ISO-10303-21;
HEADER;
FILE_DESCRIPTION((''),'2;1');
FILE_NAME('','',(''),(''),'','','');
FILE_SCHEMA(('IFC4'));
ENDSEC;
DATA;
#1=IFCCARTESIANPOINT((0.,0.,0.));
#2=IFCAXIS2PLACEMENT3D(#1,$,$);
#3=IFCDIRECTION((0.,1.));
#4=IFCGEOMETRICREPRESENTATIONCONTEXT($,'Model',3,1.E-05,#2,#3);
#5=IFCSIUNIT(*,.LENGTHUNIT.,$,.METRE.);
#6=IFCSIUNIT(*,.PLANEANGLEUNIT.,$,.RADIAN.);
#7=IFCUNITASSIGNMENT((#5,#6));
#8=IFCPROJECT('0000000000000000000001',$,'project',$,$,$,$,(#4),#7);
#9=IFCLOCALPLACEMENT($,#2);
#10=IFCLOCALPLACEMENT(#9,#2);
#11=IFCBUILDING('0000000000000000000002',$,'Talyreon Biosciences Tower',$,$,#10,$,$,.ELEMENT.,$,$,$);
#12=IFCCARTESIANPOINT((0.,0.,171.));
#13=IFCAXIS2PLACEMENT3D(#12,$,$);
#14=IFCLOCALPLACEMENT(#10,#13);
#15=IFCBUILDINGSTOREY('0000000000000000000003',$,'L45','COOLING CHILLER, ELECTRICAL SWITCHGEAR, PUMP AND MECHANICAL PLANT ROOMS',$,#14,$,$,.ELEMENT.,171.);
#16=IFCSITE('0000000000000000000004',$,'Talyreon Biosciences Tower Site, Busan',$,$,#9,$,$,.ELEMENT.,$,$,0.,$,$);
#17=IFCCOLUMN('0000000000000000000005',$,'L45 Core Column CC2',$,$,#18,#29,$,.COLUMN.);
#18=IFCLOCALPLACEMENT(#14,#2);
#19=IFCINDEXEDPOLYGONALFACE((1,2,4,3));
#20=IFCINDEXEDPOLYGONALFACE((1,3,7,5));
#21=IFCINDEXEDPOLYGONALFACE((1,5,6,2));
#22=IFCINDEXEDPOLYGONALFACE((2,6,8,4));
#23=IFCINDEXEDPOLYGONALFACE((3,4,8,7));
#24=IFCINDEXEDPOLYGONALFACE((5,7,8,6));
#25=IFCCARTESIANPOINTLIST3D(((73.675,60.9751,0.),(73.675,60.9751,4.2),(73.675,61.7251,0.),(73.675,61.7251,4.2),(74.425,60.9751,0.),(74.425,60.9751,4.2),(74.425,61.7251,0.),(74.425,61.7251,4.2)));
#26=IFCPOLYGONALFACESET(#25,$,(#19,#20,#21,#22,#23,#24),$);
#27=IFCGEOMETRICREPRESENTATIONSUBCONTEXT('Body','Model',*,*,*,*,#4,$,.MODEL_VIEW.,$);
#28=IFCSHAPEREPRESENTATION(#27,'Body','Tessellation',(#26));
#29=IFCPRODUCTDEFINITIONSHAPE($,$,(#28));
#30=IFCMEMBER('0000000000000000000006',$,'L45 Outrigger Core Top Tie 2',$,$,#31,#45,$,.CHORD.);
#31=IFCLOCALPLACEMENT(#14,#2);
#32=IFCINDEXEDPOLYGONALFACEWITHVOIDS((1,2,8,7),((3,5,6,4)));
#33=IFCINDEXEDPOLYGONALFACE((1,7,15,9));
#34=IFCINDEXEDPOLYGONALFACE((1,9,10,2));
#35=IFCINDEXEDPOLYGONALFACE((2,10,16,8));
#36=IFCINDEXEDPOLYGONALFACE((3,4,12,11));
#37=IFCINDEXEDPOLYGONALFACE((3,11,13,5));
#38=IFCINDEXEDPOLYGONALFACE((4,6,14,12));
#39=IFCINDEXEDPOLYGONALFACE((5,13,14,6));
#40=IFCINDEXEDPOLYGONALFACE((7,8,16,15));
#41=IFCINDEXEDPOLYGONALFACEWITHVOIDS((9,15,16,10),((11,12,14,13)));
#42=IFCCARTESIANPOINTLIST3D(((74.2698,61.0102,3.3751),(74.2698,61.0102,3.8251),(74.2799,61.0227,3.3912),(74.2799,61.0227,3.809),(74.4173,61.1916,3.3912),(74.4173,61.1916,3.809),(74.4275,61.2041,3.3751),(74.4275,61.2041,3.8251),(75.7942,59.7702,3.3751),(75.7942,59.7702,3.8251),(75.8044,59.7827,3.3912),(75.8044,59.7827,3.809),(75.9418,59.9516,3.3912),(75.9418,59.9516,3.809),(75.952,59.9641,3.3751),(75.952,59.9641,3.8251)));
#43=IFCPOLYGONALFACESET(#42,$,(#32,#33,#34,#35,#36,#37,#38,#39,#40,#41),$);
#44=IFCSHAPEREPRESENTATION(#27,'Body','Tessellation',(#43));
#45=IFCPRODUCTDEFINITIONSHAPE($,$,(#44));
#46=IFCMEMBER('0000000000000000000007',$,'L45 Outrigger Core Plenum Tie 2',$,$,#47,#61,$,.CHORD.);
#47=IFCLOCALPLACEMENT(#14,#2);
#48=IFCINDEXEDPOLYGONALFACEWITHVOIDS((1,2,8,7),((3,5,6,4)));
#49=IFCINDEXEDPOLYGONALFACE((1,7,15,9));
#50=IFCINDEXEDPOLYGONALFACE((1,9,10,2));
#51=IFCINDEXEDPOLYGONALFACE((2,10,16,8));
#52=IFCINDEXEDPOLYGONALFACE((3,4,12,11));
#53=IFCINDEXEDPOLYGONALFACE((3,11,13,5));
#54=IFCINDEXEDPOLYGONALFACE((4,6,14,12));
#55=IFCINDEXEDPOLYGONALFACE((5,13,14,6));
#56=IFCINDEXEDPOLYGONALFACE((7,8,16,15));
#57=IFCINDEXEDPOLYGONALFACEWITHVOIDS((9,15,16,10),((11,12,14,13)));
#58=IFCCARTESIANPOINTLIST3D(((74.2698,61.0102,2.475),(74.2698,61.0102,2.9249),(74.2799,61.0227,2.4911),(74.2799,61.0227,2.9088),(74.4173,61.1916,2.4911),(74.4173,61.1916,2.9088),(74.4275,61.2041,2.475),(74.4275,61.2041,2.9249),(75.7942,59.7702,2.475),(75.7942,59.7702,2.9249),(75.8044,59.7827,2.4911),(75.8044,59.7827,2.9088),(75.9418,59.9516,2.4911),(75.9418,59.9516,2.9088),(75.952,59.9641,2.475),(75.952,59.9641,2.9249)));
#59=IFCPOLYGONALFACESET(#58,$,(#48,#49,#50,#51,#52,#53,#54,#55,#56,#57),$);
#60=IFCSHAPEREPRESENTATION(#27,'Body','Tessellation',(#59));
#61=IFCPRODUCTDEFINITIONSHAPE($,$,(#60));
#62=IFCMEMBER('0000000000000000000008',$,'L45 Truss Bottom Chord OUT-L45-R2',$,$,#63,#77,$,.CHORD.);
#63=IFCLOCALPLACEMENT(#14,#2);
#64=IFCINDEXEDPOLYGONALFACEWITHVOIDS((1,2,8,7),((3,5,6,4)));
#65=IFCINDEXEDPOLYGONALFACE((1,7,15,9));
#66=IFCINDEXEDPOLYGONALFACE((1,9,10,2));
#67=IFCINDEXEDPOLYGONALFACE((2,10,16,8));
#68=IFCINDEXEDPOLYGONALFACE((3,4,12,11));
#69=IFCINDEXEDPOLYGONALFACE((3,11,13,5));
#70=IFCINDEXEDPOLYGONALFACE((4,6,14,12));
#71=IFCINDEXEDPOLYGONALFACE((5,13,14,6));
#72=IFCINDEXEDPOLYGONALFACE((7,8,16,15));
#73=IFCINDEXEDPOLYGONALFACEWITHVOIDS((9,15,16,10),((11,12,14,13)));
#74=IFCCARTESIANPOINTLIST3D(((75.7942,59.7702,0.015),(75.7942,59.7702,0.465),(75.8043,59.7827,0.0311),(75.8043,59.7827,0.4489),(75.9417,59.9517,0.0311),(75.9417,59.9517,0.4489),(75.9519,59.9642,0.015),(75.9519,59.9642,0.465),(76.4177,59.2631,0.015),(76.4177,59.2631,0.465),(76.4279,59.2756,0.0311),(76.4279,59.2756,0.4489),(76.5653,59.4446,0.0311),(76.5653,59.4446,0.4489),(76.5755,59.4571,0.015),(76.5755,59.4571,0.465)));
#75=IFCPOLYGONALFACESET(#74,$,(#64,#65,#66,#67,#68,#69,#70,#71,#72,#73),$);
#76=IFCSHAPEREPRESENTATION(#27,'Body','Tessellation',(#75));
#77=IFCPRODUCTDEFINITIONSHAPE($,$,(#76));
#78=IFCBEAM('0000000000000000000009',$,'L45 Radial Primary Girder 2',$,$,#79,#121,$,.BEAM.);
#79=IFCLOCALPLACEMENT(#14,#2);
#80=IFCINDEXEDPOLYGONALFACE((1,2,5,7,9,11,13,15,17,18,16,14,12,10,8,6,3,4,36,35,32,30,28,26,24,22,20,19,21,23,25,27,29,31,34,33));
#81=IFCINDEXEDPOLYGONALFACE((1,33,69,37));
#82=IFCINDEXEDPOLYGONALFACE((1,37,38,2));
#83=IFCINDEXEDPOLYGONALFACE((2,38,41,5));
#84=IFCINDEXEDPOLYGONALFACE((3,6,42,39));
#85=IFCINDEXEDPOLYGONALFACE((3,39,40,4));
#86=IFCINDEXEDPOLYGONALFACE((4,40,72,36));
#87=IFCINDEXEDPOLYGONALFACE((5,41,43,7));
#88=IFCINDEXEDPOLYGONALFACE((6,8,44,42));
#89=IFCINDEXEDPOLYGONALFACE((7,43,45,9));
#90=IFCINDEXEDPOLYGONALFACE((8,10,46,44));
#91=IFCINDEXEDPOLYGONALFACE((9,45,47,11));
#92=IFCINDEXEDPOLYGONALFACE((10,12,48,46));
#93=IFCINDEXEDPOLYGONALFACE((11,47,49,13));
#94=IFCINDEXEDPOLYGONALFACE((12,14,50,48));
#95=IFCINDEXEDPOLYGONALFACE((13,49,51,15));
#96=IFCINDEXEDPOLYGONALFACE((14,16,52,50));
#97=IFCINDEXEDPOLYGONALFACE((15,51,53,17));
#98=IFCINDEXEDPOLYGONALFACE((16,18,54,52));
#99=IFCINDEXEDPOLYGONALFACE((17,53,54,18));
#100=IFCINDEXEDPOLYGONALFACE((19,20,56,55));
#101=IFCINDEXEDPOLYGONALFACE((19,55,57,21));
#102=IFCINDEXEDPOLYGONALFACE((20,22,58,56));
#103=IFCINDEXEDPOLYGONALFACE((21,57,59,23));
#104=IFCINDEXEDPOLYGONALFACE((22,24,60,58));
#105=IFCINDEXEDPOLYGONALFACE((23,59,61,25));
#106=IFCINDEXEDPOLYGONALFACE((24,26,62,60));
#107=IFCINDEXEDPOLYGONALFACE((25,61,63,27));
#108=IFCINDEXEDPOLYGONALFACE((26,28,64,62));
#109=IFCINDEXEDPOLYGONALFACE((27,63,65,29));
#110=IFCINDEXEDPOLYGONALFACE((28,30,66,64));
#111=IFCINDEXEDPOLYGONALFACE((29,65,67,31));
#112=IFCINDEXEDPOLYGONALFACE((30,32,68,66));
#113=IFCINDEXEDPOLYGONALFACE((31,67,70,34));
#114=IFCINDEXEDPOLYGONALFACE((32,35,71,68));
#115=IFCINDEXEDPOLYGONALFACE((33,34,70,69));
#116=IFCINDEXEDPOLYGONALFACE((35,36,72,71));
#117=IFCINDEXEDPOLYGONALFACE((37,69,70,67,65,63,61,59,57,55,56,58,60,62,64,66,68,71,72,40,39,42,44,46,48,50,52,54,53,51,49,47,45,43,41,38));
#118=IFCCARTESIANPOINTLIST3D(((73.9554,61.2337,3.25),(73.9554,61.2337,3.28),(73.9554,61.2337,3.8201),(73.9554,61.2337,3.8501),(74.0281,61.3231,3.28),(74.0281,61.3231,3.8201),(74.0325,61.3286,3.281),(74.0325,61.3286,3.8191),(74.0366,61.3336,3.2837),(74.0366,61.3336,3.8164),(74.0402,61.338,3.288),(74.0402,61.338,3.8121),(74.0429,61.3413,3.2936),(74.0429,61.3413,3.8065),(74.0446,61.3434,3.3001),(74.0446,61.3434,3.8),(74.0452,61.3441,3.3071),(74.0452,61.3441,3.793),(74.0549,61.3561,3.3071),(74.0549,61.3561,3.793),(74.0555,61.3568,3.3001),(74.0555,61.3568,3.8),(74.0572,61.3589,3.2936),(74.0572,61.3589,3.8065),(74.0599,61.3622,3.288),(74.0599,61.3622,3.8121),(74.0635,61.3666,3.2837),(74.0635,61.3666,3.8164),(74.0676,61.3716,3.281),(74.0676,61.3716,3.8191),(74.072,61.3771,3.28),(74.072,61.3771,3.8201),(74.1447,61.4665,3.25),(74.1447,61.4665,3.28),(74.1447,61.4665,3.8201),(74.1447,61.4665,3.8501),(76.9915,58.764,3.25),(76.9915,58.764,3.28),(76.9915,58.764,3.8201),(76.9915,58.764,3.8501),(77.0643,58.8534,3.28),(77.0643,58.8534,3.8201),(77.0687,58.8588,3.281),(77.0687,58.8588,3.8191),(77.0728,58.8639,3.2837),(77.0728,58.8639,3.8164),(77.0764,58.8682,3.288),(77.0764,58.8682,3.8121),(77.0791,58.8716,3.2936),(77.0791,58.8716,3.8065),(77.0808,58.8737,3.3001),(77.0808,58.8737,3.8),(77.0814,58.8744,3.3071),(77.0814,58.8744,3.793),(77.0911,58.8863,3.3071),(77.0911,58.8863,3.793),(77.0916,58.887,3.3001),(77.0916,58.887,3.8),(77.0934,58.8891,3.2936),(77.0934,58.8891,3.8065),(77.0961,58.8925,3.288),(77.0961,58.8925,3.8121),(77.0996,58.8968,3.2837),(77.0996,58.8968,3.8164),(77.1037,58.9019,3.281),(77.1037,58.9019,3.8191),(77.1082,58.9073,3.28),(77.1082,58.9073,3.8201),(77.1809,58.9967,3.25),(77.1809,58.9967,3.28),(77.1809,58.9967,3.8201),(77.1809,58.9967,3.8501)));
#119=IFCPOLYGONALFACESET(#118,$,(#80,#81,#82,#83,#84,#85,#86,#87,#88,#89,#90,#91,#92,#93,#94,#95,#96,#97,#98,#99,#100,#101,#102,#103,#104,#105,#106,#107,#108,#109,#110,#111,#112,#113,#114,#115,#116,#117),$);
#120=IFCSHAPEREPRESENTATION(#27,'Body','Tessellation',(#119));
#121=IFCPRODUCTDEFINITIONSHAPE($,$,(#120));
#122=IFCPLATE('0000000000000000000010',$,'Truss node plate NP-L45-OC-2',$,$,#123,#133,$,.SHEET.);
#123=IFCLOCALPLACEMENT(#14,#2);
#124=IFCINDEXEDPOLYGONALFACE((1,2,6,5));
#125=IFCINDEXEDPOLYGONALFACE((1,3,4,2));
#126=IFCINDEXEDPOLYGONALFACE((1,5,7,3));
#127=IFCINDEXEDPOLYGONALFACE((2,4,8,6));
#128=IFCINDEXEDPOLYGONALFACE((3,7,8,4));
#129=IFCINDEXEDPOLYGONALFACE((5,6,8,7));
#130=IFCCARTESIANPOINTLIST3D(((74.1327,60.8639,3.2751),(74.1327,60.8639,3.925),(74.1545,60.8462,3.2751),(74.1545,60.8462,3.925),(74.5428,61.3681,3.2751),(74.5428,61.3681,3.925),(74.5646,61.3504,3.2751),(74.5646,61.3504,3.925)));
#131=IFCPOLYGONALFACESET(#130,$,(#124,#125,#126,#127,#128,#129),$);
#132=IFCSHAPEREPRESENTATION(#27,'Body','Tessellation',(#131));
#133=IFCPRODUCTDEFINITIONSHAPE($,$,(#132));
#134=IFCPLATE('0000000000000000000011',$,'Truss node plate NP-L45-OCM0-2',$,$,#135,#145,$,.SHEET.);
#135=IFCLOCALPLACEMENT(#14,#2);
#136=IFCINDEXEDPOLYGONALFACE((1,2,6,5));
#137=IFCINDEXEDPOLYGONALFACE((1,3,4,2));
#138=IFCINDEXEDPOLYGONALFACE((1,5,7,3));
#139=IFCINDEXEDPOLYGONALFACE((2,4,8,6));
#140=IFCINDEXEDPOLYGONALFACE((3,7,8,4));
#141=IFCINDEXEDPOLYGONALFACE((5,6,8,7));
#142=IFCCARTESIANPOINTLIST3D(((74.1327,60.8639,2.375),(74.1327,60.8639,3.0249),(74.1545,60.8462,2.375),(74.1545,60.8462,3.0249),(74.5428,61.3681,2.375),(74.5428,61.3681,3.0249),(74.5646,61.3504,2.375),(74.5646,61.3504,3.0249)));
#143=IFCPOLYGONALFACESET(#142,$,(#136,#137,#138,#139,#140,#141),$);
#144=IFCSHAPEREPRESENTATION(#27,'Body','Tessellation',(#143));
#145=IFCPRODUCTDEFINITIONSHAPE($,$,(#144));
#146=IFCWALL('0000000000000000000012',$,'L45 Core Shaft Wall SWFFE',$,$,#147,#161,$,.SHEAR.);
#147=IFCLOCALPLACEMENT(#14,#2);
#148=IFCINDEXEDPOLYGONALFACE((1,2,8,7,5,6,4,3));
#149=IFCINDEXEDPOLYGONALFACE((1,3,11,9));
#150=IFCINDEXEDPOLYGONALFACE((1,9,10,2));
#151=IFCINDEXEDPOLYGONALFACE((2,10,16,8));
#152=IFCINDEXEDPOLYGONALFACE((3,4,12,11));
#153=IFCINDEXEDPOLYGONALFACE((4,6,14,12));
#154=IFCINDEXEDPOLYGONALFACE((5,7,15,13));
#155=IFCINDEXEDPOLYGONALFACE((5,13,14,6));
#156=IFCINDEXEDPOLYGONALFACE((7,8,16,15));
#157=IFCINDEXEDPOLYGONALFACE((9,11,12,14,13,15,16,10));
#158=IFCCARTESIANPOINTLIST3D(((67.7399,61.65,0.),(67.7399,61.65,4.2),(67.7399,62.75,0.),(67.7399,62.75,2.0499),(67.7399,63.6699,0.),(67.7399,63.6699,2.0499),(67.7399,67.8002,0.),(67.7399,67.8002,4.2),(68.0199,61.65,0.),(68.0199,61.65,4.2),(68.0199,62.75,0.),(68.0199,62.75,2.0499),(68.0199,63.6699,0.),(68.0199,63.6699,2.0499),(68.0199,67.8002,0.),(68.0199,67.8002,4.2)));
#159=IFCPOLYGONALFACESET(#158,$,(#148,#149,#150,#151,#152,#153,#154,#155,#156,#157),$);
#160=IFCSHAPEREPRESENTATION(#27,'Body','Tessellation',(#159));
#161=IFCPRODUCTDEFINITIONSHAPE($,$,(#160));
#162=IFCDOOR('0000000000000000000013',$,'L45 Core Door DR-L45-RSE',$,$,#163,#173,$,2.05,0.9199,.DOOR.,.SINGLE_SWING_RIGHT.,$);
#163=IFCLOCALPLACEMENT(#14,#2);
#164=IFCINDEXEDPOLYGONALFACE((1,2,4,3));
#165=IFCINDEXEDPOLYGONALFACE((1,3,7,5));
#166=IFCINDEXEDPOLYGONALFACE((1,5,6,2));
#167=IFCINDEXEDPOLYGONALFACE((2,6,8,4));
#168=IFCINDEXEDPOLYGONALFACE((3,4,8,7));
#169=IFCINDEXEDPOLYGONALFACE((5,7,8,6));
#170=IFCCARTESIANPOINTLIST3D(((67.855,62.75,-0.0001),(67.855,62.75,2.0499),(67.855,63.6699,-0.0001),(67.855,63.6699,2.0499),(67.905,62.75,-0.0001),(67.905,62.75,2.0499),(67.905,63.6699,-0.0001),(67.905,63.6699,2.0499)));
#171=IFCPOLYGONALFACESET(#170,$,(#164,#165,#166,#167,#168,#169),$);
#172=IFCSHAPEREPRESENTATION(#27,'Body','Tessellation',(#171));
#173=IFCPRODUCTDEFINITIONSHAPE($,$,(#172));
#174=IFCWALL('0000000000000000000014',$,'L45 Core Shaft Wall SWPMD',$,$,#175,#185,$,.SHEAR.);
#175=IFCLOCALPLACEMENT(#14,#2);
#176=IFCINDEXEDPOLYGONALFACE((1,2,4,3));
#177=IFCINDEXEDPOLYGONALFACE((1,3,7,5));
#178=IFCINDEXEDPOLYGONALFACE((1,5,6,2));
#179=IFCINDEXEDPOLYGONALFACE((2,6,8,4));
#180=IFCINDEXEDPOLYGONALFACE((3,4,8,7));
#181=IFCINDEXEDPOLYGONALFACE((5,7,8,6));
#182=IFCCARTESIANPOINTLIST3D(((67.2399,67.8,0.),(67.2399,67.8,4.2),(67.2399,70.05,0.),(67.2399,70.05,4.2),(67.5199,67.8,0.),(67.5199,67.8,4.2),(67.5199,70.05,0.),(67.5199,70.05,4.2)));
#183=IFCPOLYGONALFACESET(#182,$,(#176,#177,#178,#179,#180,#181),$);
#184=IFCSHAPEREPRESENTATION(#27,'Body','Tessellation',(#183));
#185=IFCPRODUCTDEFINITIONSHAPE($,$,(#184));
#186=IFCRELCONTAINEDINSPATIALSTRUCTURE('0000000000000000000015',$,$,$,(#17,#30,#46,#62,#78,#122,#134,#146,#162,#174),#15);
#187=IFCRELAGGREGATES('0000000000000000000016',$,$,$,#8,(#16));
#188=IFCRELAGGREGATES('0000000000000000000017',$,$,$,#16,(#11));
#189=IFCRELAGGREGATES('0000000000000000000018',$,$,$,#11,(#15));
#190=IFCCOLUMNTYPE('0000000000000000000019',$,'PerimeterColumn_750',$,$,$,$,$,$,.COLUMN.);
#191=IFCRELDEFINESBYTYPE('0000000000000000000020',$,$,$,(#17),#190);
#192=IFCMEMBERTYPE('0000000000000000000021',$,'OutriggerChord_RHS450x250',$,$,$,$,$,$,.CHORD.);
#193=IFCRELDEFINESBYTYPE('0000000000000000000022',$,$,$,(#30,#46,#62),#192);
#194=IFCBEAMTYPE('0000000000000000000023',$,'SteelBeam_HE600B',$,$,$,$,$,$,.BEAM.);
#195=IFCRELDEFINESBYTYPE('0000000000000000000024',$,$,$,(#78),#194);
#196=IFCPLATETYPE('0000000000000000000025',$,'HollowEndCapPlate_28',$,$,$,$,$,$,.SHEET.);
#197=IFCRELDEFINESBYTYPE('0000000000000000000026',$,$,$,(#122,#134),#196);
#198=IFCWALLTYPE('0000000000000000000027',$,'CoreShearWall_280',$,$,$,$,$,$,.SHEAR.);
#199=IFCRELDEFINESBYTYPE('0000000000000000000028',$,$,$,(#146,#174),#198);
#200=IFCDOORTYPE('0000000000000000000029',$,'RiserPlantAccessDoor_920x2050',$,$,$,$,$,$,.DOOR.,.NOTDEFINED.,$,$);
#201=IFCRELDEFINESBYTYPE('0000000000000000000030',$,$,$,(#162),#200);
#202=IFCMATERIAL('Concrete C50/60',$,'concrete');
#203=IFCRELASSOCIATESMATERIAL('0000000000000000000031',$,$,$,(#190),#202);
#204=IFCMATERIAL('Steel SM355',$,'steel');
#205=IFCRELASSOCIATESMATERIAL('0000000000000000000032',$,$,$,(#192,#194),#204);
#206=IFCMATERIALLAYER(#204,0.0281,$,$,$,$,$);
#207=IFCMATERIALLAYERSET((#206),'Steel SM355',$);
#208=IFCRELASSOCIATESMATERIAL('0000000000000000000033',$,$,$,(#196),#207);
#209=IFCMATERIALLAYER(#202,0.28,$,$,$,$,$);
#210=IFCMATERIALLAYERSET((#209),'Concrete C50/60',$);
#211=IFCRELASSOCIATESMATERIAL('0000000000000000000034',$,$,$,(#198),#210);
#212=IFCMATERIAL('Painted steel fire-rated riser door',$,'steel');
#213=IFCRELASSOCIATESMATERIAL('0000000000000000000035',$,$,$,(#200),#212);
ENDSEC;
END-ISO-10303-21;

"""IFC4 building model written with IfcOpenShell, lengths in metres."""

from ifc_helpers import new_model, si_unit, direction, frame, frame_2d, origin, origin_2d, place, context, subcontext, project, spatial, rectangle, hollow_rectangle, i_section, extrude, material, layer, layer_set, material_profile, profile_set, type_object, element, fill, save


model = new_model("IFC4")

# Units and contexts
model_context = context("Model", 3, precision=1e-05, world=origin(), true_north=direction((0.0, 1.0)))
body_context = subcontext(model_context, "Body", "Model", "MODEL_VIEW")
ifc_project = project(units=[si_unit("LENGTHUNIT", "METRE"), si_unit("PLANEANGLEUNIT", "RADIAN")], contexts=[model_context])

# Site, building, storey
site_placement = place(None, origin())
site = spatial("IfcSite", under=ifc_project, at=site_placement, Name="Talyreon Biosciences Tower Site, Busan", CompositionType="ELEMENT", RefElevation=0.0)
building_placement = place(site_placement, origin())
building = spatial("IfcBuilding", under=site, at=building_placement, Name="Talyreon Biosciences Tower", CompositionType="ELEMENT")
storey_placement = place(building_placement, frame((0.0, 0.0, 171.0)))
storey = spatial("IfcBuildingStorey", under=building, at=storey_placement, Name="L45", Description="COOLING CHILLER, ELECTRICAL SWITCHGEAR, PUMP AND MECHANICAL PLANT ROOMS", CompositionType="ELEMENT", Elevation=171.0)

# Column
ifc_material_1 = material(Name="Concrete C50/60", Category="concrete")
ifc_material_profile_1 = material_profile(ifc_material_1, rectangle(XDim=0.75, YDim=0.75, at=origin_2d()), Name="RC 750x750")
ifc_profile_set_1 = profile_set([ifc_material_profile_1], Name="Concrete C50/60")
column_type = type_object("IfcColumnType", Name="PerimeterColumn_750", PredefinedType="COLUMN", material=ifc_profile_set_1)
column_placement = place(storey_placement, frame((74.05, 61.3501, 0.0), z_axis=(0.0, 0.0, 1.0), x_axis=(1.0, 0.0, 0.0)))
element("IfcColumn", 1, at=column_placement, inside=storey, type_object=column_type, Name="L45 Core Column CC2", PredefinedType="COLUMN", context=body_context, shape_type="SweptSolid", body=[
    extrude(rectangle(XDim=0.75, YDim=0.75, at=origin_2d()), origin(), (0.0, 0.0, 1.0), 4.2),
])

# Members
ifc_material_2 = material(Name="Steel SM355", Category="steel")
ifc_material_profile_2 = material_profile(ifc_material_2, hollow_rectangle(XDim=0.25, YDim=0.45, WallThickness=0.0161, at=origin_2d()), Name="RHS 450x250x16")
ifc_profile_set_2 = profile_set([ifc_material_profile_2], Name="Steel SM355")
member_type = type_object("IfcMemberType", Name="OutriggerChord_RHS450x250", PredefinedType="CHORD", material=ifc_profile_set_2)
for number, where, z_axis, x_axis, name in (
    (2, (74.3486, 61.1072, 3.6001), (0.775764, -0.631023, 0.0), (0.631023, 0.775764, 0.0), "L45 Outrigger Core Top Tie 2"),
    (3, (74.3486, 61.1072, 2.7), (0.775764, -0.631023, 0.0), (0.631023, 0.775764, 0.0), "L45 Outrigger Core Plenum Tie 2"),
):
    element("IfcMember", number, at=place(storey_placement, frame(where, z_axis=z_axis, x_axis=x_axis)), inside=storey, type_object=member_type, Name=name, PredefinedType="CHORD", context=body_context, shape_type="SweptSolid", body=[
        extrude(hollow_rectangle(XDim=0.25, YDim=0.45, WallThickness=0.0161, at=origin_2d()), origin(), (0.0, 0.0, 1.0), 1.9651),
    ])
member_placement = place(storey_placement, frame((75.873, 59.8672, 0.24), z_axis=(0.775835, -0.630936, 0.0), x_axis=(0.630936, 0.775835, 0.0)))
element("IfcMember", 4, at=member_placement, inside=storey, type_object=member_type, Name="L45 Truss Bottom Chord OUT-L45-R2", PredefinedType="CHORD", context=body_context, shape_type="SweptSolid", body=[
    extrude(hollow_rectangle(XDim=0.25, YDim=0.45, WallThickness=0.0161, at=origin_2d()), origin(), (0.0, 0.0, 1.0), 0.8037),
])

# Beam
ifc_material_profile_3 = material_profile(ifc_material_2, i_section(OverallWidth=0.3, OverallDepth=0.6001, WebThickness=0.0154, FlangeThickness=0.03, FilletRadius=0.0271, at=origin_2d()), Name="HE600B")
ifc_profile_set_3 = profile_set([ifc_material_profile_3], Name="Steel SM355")
beam_type = type_object("IfcBeamType", Name="SteelBeam_HE600B", PredefinedType="BEAM", material=ifc_profile_set_3)
beam_placement = place(storey_placement, frame((74.05, 61.3501, 3.55), z_axis=(0.775755, -0.631034, 0.0), x_axis=(0.631034, 0.775755, 0.0)))
element("IfcBeam", 5, at=beam_placement, inside=storey, type_object=beam_type, Name="L45 Radial Primary Girder 2", PredefinedType="BEAM", context=body_context, shape_type="SweptSolid", body=[
    extrude(i_section(OverallWidth=0.3, OverallDepth=0.6001, WebThickness=0.0154, FlangeThickness=0.03, FilletRadius=0.0271, at=origin_2d()), origin(), (0.0, 0.0, 1.0), 3.9138),
])

# Plates
ifc_layer_1 = layer(ifc_material_2, 0.0281)
ifc_layer_set_1 = layer_set([ifc_layer_1], Name="Steel SM355")
plate_type = type_object("IfcPlateType", Name="HollowEndCapPlate_28", PredefinedType="SHEET", material=ifc_layer_set_1)
for number, where, z_axis, x_axis, name in (
    (6, (74.3486, 61.1072, 3.2751), (0.0, 0.0, 1.0), (0.631001, 0.775782, 0.0), "Truss node plate NP-L45-OC-2"),
    (7, (74.3486, 61.1072, 2.375), (0.0, 0.0, 1.0), (0.631001, 0.775782, 0.0), "Truss node plate NP-L45-OCM0-2"),
):
    element("IfcPlate", number, at=place(storey_placement, frame(where, z_axis=z_axis, x_axis=x_axis)), inside=storey, type_object=plate_type, Name=name, PredefinedType="SHEET", context=body_context, shape_type="SweptSolid", body=[
        extrude(rectangle(XDim=0.6499, YDim=0.0281, at=origin_2d()), origin(), (0.0, 0.0, 1.0), 0.6499),
    ])

# Wall, opening, door
ifc_layer_2 = layer(ifc_material_1, 0.28)
ifc_layer_set_2 = layer_set([ifc_layer_2], Name="Concrete C50/60")
wall_type_1 = type_object("IfcWallType", Name="CoreShearWall_280", PredefinedType="SHEAR", material=ifc_layer_set_2)
wall_1_placement = place(storey_placement, frame((67.8799, 61.6499, 0.0), z_axis=(0.0, 0.0, 1.0), x_axis=(0.0, 1.0, 0.0)))
wall_1 = element("IfcWall", 8, at=wall_1_placement, inside=storey, type_object=wall_type_1, Name="L45 Core Shaft Wall SWFFE", PredefinedType="SHEAR", context=body_context, shape_type="SweptSolid", body=[
    extrude(rectangle(XDim=6.1501, YDim=0.28, at=frame_2d((3.0752, 0.0))), origin(), (0.0, 0.0, 1.0), 4.2),
])
opening_1_placement = place(wall_1_placement, frame((1.1001, 0.0, 0.0)))
opening_1 = element("IfcOpeningElement", 9, at=opening_1_placement, cuts=wall_1, PredefinedType="OPENING", context=body_context, shape_type="SweptSolid", body=[
    extrude(rectangle(XDim=0.9199, YDim=2.05, at=frame_2d((0.46, 1.0249))), frame((0.0, 0.1499, 0.0), z_axis=(0.0, -1.0, 0.0), x_axis=(1.0, 0.0, 0.0)), (0.0, 0.0, 1.0), 0.3),
])
ifc_material_3 = material(Name="Painted steel fire-rated riser door", Category="steel")
door_type = type_object("IfcDoorType", Name="RiserPlantAccessDoor_920x2050", OperationType="NOTDEFINED", PredefinedType="DOOR", material=ifc_material_3)
door_1_placement = place(opening_1_placement, origin())
door_1 = element("IfcDoor", 10, at=door_1_placement, inside=storey, type_object=door_type, Name="L45 Core Door DR-L45-RSE", OperationType="SINGLE_SWING_RIGHT", OverallHeight=2.05, OverallWidth=0.9199, PredefinedType="DOOR", context=body_context, shape_type="SweptSolid", body=[
    extrude(rectangle(XDim=0.9199, YDim=2.05, at=frame_2d((0.46, 1.0249))), frame((0.0, 0.0249, 0.0), z_axis=(0.0, -1.0, 0.0), x_axis=(1.0, 0.0, 0.0)), (0.0, 0.0, 1.0), 0.05),
])
fill(opening_1, door_1)

# Wall
wall_2_placement = place(storey_placement, frame((67.3799, 67.8, 0.0), z_axis=(0.0, 0.0, 1.0), x_axis=(0.0, 1.0, 0.0)))
element("IfcWall", 11, at=wall_2_placement, inside=storey, type_object=wall_type_1, Name="L45 Core Shaft Wall SWPMD", PredefinedType="SHEAR", context=body_context, shape_type="SweptSolid", body=[
    extrude(rectangle(XDim=2.25, YDim=0.28, at=frame_2d((1.125, 0.0))), origin(), (0.0, 0.0, 1.0), 4.2),
])

save(model, "model.ifc")
